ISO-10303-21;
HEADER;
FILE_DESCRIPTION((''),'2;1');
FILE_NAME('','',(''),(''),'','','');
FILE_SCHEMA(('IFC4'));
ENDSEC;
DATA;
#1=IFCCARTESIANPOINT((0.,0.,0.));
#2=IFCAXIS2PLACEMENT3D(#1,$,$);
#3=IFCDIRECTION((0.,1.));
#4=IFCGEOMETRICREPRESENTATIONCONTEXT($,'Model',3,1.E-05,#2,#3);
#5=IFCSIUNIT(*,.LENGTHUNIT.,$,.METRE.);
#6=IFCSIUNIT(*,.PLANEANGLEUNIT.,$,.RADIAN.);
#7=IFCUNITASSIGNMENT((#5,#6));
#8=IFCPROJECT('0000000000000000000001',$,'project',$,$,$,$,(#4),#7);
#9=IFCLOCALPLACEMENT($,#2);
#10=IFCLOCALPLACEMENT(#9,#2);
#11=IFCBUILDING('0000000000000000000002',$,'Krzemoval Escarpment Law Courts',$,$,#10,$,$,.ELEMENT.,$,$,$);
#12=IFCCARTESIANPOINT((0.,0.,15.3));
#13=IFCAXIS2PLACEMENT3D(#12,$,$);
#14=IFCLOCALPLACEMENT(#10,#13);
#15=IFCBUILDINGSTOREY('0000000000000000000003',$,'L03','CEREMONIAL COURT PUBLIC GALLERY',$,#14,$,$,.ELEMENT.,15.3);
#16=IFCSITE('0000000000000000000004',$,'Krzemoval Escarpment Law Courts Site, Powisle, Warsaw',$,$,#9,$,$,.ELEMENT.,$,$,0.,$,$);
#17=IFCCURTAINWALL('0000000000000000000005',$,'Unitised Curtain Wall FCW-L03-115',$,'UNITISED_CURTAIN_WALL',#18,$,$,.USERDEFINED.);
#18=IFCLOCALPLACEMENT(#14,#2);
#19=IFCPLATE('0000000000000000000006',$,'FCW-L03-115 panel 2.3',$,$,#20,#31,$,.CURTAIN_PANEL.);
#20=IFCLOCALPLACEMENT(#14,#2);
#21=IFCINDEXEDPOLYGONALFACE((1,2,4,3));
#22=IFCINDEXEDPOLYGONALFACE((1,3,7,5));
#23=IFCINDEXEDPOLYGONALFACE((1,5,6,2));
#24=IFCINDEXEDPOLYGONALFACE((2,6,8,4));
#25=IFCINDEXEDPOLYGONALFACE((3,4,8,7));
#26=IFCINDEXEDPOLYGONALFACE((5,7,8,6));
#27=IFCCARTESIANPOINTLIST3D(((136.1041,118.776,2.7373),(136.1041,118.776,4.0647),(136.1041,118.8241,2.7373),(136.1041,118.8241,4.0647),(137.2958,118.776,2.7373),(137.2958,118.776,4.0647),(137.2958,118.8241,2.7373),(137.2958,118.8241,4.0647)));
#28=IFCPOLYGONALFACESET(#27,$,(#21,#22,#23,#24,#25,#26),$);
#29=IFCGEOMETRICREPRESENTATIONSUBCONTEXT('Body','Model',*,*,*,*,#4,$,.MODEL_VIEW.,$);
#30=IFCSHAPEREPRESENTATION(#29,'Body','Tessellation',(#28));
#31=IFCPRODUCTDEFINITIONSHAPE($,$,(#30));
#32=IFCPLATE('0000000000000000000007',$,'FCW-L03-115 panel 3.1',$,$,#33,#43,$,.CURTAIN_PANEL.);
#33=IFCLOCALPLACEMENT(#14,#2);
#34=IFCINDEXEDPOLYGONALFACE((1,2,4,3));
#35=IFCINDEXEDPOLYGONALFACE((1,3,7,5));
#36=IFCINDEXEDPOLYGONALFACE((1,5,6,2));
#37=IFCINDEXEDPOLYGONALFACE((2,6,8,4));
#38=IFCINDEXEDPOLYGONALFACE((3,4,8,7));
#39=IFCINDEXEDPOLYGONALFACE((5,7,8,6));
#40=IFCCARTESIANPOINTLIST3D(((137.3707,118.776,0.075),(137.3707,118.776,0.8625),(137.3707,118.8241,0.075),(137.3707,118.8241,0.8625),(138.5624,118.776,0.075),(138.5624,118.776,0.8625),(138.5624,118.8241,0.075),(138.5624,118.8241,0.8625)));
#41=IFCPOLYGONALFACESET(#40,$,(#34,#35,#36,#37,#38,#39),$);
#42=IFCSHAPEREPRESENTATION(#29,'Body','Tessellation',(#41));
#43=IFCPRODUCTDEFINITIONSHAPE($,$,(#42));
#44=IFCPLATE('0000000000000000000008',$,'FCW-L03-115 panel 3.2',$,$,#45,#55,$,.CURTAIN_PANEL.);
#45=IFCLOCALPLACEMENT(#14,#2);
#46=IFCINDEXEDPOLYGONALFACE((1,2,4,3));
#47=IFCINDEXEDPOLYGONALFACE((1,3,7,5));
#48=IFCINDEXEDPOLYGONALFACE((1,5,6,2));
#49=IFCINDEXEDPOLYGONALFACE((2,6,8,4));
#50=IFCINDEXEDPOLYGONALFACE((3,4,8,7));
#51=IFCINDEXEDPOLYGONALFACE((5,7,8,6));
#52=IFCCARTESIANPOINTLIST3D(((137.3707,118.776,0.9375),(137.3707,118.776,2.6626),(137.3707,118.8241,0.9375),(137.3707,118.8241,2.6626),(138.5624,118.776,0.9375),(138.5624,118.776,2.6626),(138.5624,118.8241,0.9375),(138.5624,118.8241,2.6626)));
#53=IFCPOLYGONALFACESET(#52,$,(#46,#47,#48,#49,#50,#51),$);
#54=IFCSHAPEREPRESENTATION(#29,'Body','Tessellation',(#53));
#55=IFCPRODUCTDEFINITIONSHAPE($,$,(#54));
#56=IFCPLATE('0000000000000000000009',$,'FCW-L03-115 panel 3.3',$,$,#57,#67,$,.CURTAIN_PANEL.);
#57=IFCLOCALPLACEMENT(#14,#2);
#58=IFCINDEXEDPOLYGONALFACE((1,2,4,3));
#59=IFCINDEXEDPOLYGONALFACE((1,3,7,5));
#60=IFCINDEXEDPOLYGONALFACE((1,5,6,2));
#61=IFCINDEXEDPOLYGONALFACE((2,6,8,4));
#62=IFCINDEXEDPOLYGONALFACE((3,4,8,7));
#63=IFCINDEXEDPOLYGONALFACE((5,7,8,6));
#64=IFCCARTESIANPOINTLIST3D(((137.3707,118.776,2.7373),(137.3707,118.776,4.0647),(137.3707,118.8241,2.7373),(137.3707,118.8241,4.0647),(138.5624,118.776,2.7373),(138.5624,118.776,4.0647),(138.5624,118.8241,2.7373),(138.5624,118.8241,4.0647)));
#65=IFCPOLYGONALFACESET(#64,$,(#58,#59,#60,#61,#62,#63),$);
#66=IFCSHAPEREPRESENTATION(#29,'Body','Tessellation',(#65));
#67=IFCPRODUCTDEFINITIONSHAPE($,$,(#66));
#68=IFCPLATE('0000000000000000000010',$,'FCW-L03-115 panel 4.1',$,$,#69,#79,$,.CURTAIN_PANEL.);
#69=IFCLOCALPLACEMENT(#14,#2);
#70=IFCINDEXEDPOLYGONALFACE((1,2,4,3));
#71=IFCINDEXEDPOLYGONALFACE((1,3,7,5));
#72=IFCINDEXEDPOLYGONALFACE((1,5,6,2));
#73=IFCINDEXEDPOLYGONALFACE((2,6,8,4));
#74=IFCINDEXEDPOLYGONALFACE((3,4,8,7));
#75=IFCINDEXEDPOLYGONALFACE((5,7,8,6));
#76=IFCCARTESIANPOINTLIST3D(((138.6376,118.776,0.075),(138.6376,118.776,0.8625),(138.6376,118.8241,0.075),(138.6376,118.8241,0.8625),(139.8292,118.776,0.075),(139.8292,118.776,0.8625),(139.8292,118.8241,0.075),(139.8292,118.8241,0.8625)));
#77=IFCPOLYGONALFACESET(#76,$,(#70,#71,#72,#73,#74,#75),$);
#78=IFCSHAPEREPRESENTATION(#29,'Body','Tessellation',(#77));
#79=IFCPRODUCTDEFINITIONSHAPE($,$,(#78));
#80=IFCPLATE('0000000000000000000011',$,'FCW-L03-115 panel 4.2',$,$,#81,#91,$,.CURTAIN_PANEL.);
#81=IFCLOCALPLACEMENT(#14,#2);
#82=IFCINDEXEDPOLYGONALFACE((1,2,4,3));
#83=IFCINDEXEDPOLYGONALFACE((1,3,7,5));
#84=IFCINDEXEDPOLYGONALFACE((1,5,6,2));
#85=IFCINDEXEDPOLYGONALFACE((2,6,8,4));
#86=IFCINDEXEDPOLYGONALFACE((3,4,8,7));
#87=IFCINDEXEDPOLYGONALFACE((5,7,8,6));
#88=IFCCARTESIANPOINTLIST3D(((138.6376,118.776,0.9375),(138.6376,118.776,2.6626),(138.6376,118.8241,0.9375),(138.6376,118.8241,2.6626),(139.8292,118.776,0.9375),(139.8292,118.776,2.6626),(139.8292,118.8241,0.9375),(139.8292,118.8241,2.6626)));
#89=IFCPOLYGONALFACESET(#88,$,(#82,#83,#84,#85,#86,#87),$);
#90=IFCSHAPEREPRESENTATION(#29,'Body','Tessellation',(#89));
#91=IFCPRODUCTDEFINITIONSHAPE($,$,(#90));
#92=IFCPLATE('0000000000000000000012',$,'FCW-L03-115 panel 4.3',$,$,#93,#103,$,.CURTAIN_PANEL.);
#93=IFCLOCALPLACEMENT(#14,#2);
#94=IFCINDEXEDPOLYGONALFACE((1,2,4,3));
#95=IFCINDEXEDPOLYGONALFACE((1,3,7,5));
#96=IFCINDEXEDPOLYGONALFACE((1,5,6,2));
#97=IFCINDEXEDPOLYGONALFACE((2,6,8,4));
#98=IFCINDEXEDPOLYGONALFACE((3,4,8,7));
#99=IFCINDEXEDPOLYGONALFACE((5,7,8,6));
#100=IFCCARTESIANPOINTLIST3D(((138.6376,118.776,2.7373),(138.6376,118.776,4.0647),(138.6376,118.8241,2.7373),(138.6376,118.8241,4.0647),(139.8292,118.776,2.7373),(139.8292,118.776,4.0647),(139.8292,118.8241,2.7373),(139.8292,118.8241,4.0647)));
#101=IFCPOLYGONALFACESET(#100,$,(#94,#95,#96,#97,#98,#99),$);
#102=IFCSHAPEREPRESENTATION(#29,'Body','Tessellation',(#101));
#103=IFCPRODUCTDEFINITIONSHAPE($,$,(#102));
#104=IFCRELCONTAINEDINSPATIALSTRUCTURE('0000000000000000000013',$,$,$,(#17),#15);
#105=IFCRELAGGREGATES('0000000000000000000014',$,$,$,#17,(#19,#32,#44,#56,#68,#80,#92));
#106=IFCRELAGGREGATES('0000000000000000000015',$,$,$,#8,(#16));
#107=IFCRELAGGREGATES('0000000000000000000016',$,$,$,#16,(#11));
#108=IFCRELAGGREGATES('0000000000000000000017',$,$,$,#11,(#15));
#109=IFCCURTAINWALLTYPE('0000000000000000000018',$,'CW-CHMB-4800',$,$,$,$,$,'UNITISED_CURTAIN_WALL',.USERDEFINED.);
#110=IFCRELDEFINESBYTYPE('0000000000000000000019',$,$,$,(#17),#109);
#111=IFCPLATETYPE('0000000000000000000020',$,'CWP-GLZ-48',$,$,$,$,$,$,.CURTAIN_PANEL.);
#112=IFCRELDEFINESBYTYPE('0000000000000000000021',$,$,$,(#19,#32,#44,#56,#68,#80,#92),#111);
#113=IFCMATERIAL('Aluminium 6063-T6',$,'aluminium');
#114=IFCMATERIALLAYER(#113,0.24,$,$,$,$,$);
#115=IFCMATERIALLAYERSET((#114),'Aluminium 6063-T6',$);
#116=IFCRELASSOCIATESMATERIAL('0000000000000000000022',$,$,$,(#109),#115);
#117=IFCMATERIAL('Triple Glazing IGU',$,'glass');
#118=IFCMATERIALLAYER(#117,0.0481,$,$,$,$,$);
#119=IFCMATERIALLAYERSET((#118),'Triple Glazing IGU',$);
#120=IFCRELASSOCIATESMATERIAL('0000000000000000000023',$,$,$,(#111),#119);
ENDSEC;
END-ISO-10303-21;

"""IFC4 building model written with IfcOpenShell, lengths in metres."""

from ifc_helpers import new_model, si_unit, direction, frame, origin, origin_2d, place, context, subcontext, project, spatial, rectangle, extrude, material, layer, layer_set, type_object, element, aggregate, save


model = new_model("IFC4")

# Units and contexts
model_context = context("Model", 3, precision=1e-05, world=origin(), true_north=direction((0.0, 1.0)))
body_context = subcontext(model_context, "Body", "Model", "MODEL_VIEW")
ifc_project = project(units=[si_unit("LENGTHUNIT", "METRE"), si_unit("PLANEANGLEUNIT", "RADIAN")], contexts=[model_context])

# Site, building, storey
site_placement = place(None, origin())
site = spatial("IfcSite", under=ifc_project, at=site_placement, Name="Krzemoval Escarpment Law Courts Site, Powisle, Warsaw", CompositionType="ELEMENT", RefElevation=0.0)
building_placement = place(site_placement, origin())
building = spatial("IfcBuilding", under=site, at=building_placement, Name="Krzemoval Escarpment Law Courts", CompositionType="ELEMENT")
storey_placement = place(building_placement, frame((0.0, 0.0, 15.3)))
storey = spatial("IfcBuildingStorey", under=building, at=storey_placement, Name="L03", Description="CEREMONIAL COURT PUBLIC GALLERY", CompositionType="ELEMENT", Elevation=15.3)

# Curtain wall, plates
ifc_material_1 = material(Name="Aluminium 6063-T6", Category="aluminium")
ifc_layer_1 = layer(ifc_material_1, 0.24)
ifc_layer_set_1 = layer_set([ifc_layer_1], Name="Aluminium 6063-T6")
curtain_wall_type = type_object("IfcCurtainWallType", Name="CW-CHMB-4800", ElementType="UNITISED_CURTAIN_WALL", PredefinedType="USERDEFINED", material=ifc_layer_set_1)
curtain_wall_placement = place(storey_placement, origin())
curtain_wall = element("IfcCurtainWall", 1, at=curtain_wall_placement, inside=storey, type_object=curtain_wall_type, Name="Unitised Curtain Wall FCW-L03-115", ObjectType="UNITISED_CURTAIN_WALL", PredefinedType="USERDEFINED")
ifc_material_2 = material(Name="Triple Glazing IGU", Category="glass")
ifc_layer_2 = layer(ifc_material_2, 0.0481)
ifc_layer_set_2 = layer_set([ifc_layer_2], Name="Triple Glazing IGU")
plate_type = type_object("IfcPlateType", Name="CWP-GLZ-48", PredefinedType="CURTAIN_PANEL", material=ifc_layer_set_2)
plate_1_placement = place(storey_placement, frame((136.7, 118.8, 2.7373), z_axis=(0.0, 0.0, 1.0), x_axis=(1.0, 0.0, 0.0)))
plate_1 = element("IfcPlate", 2, at=plate_1_placement, type_object=plate_type, Name="FCW-L03-115 panel 2.3", PredefinedType="CURTAIN_PANEL", context=body_context, shape_type="SweptSolid", body=[
    extrude(rectangle(XDim=1.1917, YDim=0.0481, at=origin_2d()), origin(), (0.0, 0.0, 1.0), 1.3274),
])
plate_2_placement = place(storey_placement, frame((137.9666, 118.8, 0.075), z_axis=(0.0, 0.0, 1.0), x_axis=(1.0, 0.0, 0.0)))
plate_2 = element("IfcPlate", 3, at=plate_2_placement, type_object=plate_type, Name="FCW-L03-115 panel 3.1", PredefinedType="CURTAIN_PANEL", context=body_context, shape_type="SweptSolid", body=[
    extrude(rectangle(XDim=1.1917, YDim=0.0481, at=origin_2d()), origin(), (0.0, 0.0, 1.0), 0.7876),
])
plate_3_placement = place(storey_placement, frame((137.9666, 118.8, 0.9375), z_axis=(0.0, 0.0, 1.0), x_axis=(1.0, 0.0, 0.0)))
plate_3 = element("IfcPlate", 4, at=plate_3_placement, type_object=plate_type, Name="FCW-L03-115 panel 3.2", PredefinedType="CURTAIN_PANEL", context=body_context, shape_type="SweptSolid", body=[
    extrude(rectangle(XDim=1.1917, YDim=0.0481, at=origin_2d()), origin(), (0.0, 0.0, 1.0), 1.7251),
])
plate_4_placement = place(storey_placement, frame((137.9666, 118.8, 2.7373), z_axis=(0.0, 0.0, 1.0), x_axis=(1.0, 0.0, 0.0)))
plate_4 = element("IfcPlate", 5, at=plate_4_placement, type_object=plate_type, Name="FCW-L03-115 panel 3.3", PredefinedType="CURTAIN_PANEL", context=body_context, shape_type="SweptSolid", body=[
    extrude(rectangle(XDim=1.1917, YDim=0.0481, at=origin_2d()), origin(), (0.0, 0.0, 1.0), 1.3274),
])
plate_5_placement = place(storey_placement, frame((139.2334, 118.8, 0.075), z_axis=(0.0, 0.0, 1.0), x_axis=(1.0, 0.0, 0.0)))
plate_5 = element("IfcPlate", 6, at=plate_5_placement, type_object=plate_type, Name="FCW-L03-115 panel 4.1", PredefinedType="CURTAIN_PANEL", context=body_context, shape_type="SweptSolid", body=[
    extrude(rectangle(XDim=1.1917, YDim=0.0481, at=origin_2d()), origin(), (0.0, 0.0, 1.0), 0.7876),
])
plate_6_placement = place(storey_placement, frame((139.2334, 118.8, 0.9375), z_axis=(0.0, 0.0, 1.0), x_axis=(1.0, 0.0, 0.0)))
plate_6 = element("IfcPlate", 7, at=plate_6_placement, type_object=plate_type, Name="FCW-L03-115 panel 4.2", PredefinedType="CURTAIN_PANEL", context=body_context, shape_type="SweptSolid", body=[
    extrude(rectangle(XDim=1.1917, YDim=0.0481, at=origin_2d()), origin(), (0.0, 0.0, 1.0), 1.7251),
])
plate_7_placement = place(storey_placement, frame((139.2334, 118.8, 2.7373), z_axis=(0.0, 0.0, 1.0), x_axis=(1.0, 0.0, 0.0)))
plate_7 = element("IfcPlate", 8, at=plate_7_placement, type_object=plate_type, Name="FCW-L03-115 panel 4.3", PredefinedType="CURTAIN_PANEL", context=body_context, shape_type="SweptSolid", body=[
    extrude(rectangle(XDim=1.1917, YDim=0.0481, at=origin_2d()), origin(), (0.0, 0.0, 1.0), 1.3274),
])
aggregate(curtain_wall, [plate_1, plate_2, plate_3, plate_4, plate_5, plate_6, plate_7])

save(model, "model.ifc")
